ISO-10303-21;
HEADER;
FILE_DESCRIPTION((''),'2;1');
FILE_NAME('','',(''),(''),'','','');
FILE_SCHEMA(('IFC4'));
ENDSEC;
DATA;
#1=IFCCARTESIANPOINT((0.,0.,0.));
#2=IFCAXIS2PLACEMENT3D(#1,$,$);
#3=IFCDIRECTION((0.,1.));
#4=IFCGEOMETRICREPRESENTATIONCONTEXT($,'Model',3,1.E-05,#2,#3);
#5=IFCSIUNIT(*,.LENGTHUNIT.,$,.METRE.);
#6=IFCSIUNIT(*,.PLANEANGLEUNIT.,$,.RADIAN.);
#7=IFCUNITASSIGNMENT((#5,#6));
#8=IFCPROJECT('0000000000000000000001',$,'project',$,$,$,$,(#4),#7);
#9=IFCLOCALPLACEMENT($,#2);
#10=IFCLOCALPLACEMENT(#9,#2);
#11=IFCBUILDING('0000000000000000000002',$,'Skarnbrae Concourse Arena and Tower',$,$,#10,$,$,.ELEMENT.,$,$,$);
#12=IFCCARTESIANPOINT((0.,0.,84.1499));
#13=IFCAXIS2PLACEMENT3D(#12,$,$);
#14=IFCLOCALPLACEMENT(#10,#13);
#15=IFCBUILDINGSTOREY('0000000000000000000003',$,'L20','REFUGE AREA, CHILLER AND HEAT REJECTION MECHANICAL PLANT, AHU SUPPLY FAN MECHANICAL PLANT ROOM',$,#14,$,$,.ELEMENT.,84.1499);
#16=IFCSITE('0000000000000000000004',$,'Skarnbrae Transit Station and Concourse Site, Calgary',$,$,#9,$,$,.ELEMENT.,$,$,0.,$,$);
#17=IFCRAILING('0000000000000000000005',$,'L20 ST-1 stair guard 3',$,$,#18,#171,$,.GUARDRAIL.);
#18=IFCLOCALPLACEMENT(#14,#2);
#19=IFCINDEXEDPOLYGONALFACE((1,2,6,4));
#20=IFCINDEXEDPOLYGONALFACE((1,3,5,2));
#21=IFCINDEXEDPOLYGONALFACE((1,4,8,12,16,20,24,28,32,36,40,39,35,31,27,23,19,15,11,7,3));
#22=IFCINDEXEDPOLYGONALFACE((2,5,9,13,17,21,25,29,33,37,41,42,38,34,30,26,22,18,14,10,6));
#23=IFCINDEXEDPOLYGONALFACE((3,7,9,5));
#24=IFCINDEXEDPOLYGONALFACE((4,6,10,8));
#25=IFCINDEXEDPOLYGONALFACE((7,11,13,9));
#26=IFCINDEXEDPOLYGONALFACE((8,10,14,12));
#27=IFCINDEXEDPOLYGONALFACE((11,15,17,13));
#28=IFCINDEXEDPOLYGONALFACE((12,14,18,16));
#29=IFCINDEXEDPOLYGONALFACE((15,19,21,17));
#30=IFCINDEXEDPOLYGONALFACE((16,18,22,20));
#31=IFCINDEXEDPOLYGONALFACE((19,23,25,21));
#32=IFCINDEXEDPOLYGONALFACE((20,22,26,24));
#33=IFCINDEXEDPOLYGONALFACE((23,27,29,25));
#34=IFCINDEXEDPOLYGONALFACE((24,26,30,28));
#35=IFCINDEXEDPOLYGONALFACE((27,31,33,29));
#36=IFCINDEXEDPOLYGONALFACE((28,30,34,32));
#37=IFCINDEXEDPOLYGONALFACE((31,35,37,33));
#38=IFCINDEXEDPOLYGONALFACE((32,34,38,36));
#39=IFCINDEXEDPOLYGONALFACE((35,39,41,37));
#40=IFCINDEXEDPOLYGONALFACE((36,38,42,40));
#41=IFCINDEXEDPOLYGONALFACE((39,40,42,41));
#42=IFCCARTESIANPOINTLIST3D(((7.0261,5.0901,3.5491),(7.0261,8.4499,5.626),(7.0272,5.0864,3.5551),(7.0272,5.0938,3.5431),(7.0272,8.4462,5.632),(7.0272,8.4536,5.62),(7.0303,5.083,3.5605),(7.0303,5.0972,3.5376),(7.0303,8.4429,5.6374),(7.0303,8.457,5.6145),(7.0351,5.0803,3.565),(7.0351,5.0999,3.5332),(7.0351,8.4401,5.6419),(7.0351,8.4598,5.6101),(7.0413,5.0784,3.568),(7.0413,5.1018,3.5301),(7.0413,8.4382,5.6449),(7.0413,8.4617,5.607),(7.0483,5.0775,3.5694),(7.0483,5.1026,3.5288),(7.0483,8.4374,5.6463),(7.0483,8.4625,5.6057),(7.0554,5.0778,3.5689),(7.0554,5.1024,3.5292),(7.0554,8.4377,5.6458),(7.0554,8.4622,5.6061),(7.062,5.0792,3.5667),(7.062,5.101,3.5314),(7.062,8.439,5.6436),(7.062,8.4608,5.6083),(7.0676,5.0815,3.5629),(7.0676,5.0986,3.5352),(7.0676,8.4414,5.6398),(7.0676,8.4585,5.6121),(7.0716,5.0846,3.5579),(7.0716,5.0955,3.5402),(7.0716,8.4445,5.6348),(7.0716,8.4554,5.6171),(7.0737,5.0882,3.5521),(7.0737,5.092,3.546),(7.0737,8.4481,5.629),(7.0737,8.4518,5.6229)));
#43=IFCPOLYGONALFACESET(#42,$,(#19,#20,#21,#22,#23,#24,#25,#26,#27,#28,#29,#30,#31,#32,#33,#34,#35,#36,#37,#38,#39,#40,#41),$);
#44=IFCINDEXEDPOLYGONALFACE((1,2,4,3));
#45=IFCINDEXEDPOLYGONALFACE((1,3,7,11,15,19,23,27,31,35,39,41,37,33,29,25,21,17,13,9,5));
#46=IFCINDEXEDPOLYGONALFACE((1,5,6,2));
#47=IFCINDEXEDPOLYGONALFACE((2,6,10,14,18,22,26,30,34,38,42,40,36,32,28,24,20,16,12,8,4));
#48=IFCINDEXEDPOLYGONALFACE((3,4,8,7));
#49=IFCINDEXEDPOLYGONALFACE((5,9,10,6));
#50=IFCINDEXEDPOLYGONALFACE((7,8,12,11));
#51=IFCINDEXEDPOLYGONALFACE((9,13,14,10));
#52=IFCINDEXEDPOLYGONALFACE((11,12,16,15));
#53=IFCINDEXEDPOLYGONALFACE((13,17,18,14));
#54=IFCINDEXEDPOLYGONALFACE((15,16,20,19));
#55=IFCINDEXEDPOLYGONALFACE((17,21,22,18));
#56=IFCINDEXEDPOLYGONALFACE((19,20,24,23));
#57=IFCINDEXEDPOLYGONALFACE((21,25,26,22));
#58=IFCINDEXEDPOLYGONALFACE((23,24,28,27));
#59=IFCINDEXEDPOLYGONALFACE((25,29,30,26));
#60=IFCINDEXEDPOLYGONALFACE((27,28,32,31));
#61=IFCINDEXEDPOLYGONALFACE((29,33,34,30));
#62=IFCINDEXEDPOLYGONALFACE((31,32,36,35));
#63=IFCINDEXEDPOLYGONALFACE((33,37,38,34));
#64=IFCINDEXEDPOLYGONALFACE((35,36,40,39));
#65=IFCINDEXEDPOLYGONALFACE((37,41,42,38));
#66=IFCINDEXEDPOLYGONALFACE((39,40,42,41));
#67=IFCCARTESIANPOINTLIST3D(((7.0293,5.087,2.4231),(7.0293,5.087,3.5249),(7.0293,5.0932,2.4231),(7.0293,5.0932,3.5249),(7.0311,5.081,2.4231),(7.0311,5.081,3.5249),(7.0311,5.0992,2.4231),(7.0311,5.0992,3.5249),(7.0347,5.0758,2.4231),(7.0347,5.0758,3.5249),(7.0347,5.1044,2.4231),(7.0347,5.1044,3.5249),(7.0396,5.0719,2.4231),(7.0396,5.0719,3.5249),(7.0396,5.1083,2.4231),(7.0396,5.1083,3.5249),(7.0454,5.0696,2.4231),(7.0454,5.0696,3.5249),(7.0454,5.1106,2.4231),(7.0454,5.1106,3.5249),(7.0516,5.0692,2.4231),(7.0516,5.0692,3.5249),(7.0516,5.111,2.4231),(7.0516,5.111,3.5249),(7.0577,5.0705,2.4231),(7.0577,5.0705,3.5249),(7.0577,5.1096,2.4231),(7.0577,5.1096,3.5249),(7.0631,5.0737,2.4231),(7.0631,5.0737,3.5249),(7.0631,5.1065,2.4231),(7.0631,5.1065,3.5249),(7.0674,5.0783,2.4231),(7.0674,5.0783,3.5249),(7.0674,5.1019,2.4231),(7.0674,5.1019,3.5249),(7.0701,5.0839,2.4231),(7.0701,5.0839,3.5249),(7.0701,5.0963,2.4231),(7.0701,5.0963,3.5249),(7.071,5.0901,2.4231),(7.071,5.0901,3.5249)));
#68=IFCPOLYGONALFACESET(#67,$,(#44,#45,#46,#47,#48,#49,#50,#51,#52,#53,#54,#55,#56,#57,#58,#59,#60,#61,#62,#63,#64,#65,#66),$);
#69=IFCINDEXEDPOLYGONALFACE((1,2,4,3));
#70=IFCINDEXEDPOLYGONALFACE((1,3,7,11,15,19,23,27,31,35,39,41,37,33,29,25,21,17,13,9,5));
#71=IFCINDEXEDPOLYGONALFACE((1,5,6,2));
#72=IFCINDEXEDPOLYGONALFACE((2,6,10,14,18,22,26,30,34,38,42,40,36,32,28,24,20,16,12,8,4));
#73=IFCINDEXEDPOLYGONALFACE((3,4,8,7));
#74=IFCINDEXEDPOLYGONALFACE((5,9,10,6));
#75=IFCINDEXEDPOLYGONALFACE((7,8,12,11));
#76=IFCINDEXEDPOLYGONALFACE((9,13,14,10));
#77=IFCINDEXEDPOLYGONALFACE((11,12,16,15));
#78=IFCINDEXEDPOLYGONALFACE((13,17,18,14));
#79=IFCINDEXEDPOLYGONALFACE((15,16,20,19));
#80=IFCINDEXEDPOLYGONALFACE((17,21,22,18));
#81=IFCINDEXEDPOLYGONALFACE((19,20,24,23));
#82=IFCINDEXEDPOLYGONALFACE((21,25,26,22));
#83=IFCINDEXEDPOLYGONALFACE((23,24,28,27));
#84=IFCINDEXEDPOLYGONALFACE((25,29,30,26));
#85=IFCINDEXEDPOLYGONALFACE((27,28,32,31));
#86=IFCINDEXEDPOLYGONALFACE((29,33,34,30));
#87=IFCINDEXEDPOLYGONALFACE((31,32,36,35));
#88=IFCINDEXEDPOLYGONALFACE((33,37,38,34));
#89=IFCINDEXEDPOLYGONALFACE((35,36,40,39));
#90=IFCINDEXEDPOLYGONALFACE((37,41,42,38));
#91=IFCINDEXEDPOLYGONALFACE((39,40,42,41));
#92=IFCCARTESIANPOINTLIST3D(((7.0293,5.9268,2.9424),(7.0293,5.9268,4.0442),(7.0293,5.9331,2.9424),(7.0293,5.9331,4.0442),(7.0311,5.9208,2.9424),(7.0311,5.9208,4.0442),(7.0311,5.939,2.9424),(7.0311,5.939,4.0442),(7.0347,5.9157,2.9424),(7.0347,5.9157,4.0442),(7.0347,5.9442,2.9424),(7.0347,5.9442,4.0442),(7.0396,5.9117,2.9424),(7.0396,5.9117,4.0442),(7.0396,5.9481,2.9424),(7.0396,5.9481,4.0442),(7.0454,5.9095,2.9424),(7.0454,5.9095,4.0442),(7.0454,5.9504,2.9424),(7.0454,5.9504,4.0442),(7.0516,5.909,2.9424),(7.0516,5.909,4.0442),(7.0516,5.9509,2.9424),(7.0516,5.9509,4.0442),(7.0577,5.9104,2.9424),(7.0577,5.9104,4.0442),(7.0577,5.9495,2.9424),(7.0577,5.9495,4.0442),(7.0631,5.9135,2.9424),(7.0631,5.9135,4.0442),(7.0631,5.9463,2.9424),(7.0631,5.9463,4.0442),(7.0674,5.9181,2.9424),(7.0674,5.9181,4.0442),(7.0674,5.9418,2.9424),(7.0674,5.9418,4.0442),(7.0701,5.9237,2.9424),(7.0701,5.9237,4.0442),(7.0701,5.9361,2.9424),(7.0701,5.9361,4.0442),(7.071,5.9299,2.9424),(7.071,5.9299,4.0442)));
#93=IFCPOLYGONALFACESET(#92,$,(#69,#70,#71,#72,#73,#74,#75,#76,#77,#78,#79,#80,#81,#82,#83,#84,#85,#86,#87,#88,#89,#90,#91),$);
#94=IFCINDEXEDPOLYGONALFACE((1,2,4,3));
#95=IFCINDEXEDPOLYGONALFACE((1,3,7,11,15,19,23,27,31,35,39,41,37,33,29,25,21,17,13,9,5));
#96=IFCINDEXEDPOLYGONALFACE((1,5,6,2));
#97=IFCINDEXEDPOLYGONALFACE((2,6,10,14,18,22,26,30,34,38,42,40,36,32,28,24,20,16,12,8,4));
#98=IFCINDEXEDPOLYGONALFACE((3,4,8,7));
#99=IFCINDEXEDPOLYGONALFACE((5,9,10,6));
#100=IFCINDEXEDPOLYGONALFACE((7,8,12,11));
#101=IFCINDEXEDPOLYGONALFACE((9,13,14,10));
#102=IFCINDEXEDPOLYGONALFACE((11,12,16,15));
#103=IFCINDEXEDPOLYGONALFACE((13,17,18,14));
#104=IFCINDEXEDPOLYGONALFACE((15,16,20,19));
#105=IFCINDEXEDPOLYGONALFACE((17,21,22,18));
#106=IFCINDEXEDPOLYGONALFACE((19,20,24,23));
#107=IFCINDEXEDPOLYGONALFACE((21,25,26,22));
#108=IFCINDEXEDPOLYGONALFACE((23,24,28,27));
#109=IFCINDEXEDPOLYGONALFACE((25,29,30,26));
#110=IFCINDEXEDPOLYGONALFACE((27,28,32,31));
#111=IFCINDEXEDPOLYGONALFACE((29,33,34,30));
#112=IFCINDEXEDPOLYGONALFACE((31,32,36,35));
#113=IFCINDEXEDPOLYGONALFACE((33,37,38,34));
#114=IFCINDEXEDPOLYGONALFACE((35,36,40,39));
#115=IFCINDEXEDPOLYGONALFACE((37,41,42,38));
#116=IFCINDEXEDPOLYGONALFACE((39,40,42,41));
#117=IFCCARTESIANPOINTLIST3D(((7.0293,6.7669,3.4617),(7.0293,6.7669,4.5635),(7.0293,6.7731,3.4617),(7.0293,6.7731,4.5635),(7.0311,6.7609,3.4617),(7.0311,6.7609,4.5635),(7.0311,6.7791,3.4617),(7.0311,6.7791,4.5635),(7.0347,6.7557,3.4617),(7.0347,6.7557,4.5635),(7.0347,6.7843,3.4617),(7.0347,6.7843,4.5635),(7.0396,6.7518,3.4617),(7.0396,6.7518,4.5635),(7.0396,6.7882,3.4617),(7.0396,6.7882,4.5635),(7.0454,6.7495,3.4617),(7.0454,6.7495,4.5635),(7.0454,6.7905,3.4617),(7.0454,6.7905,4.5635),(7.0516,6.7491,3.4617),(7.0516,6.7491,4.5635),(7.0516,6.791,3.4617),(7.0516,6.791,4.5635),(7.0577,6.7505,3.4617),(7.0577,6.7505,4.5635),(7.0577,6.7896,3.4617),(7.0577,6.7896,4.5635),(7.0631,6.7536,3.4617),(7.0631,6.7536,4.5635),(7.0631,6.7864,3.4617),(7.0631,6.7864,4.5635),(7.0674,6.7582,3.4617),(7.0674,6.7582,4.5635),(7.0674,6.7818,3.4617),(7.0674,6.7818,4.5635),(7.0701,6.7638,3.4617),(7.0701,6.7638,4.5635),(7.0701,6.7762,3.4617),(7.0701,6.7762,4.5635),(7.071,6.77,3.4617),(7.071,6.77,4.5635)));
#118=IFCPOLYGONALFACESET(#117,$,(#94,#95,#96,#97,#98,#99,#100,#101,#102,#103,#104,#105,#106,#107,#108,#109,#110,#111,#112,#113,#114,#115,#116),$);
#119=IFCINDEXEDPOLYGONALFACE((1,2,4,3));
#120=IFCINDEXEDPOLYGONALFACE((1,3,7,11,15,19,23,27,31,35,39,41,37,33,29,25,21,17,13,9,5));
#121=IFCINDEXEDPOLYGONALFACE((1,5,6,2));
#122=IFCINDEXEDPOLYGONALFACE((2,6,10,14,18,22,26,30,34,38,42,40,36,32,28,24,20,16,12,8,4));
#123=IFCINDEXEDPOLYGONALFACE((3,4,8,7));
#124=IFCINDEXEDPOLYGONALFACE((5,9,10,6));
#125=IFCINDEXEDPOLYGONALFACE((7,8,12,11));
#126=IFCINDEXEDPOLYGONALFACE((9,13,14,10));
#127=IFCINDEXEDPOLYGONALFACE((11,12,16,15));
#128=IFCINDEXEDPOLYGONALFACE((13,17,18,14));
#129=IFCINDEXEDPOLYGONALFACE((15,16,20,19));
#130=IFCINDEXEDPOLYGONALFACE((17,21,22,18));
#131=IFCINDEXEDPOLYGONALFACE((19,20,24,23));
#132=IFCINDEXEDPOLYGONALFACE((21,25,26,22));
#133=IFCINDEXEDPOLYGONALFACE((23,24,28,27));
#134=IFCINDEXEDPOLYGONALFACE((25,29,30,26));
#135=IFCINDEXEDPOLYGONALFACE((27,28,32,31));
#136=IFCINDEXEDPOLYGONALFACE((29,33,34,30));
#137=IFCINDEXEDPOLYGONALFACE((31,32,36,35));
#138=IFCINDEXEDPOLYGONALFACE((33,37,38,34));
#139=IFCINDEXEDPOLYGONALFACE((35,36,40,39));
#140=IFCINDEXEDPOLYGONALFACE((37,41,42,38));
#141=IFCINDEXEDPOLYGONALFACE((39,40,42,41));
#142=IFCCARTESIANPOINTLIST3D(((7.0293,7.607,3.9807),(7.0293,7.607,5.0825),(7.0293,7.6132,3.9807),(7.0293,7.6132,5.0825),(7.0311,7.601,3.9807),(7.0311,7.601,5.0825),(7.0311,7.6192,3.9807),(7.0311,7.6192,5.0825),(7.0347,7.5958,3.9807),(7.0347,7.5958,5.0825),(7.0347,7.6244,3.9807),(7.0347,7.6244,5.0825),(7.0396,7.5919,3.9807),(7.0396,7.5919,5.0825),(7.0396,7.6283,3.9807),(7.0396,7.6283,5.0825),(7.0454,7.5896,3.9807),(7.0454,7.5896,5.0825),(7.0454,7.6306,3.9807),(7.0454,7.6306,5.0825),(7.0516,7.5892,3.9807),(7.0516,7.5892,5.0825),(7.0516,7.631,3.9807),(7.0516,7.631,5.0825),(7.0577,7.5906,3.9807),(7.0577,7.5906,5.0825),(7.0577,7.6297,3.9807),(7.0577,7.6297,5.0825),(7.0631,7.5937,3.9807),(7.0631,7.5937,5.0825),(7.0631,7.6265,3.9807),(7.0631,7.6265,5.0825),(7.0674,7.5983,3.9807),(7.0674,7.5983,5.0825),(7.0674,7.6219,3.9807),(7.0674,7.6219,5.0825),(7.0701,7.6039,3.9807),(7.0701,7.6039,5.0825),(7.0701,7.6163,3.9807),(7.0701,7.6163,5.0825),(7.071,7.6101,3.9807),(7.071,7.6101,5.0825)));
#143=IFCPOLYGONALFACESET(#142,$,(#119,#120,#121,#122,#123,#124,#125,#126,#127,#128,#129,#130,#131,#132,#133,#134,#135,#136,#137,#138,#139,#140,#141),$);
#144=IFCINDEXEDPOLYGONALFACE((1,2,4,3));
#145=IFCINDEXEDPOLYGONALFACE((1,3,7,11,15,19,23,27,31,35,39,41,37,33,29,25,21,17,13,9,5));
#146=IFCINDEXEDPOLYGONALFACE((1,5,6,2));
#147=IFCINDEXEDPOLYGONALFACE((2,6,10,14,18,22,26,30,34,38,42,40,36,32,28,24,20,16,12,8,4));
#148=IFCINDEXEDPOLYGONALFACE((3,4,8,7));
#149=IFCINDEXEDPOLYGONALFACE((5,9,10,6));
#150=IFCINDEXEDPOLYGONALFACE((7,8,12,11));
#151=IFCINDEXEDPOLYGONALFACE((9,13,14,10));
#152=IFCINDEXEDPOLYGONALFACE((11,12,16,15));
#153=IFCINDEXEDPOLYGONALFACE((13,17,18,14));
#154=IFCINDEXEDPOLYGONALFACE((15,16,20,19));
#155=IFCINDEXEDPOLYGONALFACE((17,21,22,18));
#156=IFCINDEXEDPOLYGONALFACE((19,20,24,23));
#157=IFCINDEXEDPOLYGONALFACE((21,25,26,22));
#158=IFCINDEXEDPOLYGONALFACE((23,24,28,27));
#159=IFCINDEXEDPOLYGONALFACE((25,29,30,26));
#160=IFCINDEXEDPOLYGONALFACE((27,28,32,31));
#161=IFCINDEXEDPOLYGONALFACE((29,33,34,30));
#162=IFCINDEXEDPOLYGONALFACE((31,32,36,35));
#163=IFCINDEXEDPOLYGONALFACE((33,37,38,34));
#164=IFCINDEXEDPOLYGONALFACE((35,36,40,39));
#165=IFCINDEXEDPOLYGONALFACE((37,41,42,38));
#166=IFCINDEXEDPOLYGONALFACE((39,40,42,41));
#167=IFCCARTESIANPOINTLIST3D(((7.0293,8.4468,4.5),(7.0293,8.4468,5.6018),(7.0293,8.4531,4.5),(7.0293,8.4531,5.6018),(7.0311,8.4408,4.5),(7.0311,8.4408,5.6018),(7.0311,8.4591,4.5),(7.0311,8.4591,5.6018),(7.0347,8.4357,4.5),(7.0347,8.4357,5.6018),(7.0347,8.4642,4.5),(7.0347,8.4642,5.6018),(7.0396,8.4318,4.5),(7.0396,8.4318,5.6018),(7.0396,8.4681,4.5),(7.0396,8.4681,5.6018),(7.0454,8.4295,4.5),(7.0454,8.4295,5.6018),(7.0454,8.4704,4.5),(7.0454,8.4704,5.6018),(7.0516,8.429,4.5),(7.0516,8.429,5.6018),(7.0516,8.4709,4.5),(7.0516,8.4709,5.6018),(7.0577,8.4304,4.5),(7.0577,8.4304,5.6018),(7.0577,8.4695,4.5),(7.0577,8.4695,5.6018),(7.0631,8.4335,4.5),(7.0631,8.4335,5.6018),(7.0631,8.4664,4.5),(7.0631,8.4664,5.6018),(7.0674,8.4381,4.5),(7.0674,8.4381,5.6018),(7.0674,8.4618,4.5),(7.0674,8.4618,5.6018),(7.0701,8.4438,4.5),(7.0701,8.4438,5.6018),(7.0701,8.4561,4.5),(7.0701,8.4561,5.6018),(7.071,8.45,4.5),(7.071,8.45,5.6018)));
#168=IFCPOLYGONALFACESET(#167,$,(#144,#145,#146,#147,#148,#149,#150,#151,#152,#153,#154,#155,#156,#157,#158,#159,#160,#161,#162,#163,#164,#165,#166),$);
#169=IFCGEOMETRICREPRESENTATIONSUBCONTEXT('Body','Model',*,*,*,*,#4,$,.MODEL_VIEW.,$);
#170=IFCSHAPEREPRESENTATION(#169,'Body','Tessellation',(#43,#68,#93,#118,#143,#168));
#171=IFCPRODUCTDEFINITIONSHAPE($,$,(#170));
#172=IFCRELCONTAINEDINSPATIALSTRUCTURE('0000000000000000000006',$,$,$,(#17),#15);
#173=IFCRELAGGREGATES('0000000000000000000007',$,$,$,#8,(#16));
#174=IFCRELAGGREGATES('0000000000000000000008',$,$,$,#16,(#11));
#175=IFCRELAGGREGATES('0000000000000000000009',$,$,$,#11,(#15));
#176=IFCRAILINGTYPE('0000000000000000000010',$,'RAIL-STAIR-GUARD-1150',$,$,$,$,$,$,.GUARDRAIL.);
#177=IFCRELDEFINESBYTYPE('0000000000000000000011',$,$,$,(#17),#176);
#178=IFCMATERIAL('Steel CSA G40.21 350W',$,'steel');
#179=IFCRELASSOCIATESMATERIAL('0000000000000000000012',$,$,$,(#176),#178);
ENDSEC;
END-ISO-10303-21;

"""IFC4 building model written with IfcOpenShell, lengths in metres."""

from ifc_helpers import new_model, si_unit, direction, frame, origin, origin_2d, place, context, subcontext, project, spatial, circle, extrude, material, type_object, element, save


model = new_model("IFC4")

# Units and contexts
model_context = context("Model", 3, precision=1e-05, world=origin(), true_north=direction((0.0, 1.0)))
body_context = subcontext(model_context, "Body", "Model", "MODEL_VIEW")
ifc_project = project(units=[si_unit("LENGTHUNIT", "METRE"), si_unit("PLANEANGLEUNIT", "RADIAN")], contexts=[model_context])

# Site, building, storey
site_placement = place(None, origin())
site = spatial("IfcSite", under=ifc_project, at=site_placement, Name="Skarnbrae Transit Station and Concourse Site, Calgary", CompositionType="ELEMENT", RefElevation=0.0)
building_placement = place(site_placement, origin())
building = spatial("IfcBuilding", under=site, at=building_placement, Name="Skarnbrae Concourse Arena and Tower", CompositionType="ELEMENT")
storey_placement = place(building_placement, frame((0.0, 0.0, 84.1499)))
storey = spatial("IfcBuildingStorey", under=building, at=storey_placement, Name="L20", Description="REFUGE AREA, CHILLER AND HEAT REJECTION MECHANICAL PLANT, AHU SUPPLY FAN MECHANICAL PLANT ROOM", CompositionType="ELEMENT", Elevation=84.1499)

# Shared definitions
ifc_material_1 = material(Name="Steel CSA G40.21 350W", Category="steel")

# Railing
railing_type_1 = type_object("IfcRailingType", Name="RAIL-STAIR-GUARD-1150", PredefinedType="GUARDRAIL", material=ifc_material_1)
railing_1_placement = place(storey_placement, frame((7.05, 5.0901, 2.4231)))
element("IfcRailing", 1, at=railing_1_placement, inside=storey, type_object=railing_type_1, Name="L20 ST-1 stair guard 3", PredefinedType="GUARDRAIL", context=body_context, shape_type="SweptSolid", body=[
    extrude(circle(Radius=0.0239, at=origin_2d()), frame((0.0, 0.0, 1.126), z_axis=(0.0, 0.850606, 0.525803), x_axis=(-1.0, 0.0, 0.0)), (0.0, 0.0, 1.0), 3.95),
    extrude(circle(Radius=0.021, at=origin_2d()), origin(), (0.0, 0.0, 1.0), 1.1018),
    extrude(circle(Radius=0.021, at=origin_2d()), frame((0.0, 0.8398, 0.5193)), (0.0, 0.0, 1.0), 1.1018),
    extrude(circle(Radius=0.021, at=origin_2d()), frame((0.0, 1.6799, 1.0386)), (0.0, 0.0, 1.0), 1.1018),
    extrude(circle(Radius=0.021, at=origin_2d()), frame((0.0, 2.52, 1.5576)), (0.0, 0.0, 1.0), 1.1018),
    extrude(circle(Radius=0.021, at=origin_2d()), frame((0.0, 3.3599, 2.0769)), (0.0, 0.0, 1.0), 1.1018),
])

save(model, "model.ifc")
